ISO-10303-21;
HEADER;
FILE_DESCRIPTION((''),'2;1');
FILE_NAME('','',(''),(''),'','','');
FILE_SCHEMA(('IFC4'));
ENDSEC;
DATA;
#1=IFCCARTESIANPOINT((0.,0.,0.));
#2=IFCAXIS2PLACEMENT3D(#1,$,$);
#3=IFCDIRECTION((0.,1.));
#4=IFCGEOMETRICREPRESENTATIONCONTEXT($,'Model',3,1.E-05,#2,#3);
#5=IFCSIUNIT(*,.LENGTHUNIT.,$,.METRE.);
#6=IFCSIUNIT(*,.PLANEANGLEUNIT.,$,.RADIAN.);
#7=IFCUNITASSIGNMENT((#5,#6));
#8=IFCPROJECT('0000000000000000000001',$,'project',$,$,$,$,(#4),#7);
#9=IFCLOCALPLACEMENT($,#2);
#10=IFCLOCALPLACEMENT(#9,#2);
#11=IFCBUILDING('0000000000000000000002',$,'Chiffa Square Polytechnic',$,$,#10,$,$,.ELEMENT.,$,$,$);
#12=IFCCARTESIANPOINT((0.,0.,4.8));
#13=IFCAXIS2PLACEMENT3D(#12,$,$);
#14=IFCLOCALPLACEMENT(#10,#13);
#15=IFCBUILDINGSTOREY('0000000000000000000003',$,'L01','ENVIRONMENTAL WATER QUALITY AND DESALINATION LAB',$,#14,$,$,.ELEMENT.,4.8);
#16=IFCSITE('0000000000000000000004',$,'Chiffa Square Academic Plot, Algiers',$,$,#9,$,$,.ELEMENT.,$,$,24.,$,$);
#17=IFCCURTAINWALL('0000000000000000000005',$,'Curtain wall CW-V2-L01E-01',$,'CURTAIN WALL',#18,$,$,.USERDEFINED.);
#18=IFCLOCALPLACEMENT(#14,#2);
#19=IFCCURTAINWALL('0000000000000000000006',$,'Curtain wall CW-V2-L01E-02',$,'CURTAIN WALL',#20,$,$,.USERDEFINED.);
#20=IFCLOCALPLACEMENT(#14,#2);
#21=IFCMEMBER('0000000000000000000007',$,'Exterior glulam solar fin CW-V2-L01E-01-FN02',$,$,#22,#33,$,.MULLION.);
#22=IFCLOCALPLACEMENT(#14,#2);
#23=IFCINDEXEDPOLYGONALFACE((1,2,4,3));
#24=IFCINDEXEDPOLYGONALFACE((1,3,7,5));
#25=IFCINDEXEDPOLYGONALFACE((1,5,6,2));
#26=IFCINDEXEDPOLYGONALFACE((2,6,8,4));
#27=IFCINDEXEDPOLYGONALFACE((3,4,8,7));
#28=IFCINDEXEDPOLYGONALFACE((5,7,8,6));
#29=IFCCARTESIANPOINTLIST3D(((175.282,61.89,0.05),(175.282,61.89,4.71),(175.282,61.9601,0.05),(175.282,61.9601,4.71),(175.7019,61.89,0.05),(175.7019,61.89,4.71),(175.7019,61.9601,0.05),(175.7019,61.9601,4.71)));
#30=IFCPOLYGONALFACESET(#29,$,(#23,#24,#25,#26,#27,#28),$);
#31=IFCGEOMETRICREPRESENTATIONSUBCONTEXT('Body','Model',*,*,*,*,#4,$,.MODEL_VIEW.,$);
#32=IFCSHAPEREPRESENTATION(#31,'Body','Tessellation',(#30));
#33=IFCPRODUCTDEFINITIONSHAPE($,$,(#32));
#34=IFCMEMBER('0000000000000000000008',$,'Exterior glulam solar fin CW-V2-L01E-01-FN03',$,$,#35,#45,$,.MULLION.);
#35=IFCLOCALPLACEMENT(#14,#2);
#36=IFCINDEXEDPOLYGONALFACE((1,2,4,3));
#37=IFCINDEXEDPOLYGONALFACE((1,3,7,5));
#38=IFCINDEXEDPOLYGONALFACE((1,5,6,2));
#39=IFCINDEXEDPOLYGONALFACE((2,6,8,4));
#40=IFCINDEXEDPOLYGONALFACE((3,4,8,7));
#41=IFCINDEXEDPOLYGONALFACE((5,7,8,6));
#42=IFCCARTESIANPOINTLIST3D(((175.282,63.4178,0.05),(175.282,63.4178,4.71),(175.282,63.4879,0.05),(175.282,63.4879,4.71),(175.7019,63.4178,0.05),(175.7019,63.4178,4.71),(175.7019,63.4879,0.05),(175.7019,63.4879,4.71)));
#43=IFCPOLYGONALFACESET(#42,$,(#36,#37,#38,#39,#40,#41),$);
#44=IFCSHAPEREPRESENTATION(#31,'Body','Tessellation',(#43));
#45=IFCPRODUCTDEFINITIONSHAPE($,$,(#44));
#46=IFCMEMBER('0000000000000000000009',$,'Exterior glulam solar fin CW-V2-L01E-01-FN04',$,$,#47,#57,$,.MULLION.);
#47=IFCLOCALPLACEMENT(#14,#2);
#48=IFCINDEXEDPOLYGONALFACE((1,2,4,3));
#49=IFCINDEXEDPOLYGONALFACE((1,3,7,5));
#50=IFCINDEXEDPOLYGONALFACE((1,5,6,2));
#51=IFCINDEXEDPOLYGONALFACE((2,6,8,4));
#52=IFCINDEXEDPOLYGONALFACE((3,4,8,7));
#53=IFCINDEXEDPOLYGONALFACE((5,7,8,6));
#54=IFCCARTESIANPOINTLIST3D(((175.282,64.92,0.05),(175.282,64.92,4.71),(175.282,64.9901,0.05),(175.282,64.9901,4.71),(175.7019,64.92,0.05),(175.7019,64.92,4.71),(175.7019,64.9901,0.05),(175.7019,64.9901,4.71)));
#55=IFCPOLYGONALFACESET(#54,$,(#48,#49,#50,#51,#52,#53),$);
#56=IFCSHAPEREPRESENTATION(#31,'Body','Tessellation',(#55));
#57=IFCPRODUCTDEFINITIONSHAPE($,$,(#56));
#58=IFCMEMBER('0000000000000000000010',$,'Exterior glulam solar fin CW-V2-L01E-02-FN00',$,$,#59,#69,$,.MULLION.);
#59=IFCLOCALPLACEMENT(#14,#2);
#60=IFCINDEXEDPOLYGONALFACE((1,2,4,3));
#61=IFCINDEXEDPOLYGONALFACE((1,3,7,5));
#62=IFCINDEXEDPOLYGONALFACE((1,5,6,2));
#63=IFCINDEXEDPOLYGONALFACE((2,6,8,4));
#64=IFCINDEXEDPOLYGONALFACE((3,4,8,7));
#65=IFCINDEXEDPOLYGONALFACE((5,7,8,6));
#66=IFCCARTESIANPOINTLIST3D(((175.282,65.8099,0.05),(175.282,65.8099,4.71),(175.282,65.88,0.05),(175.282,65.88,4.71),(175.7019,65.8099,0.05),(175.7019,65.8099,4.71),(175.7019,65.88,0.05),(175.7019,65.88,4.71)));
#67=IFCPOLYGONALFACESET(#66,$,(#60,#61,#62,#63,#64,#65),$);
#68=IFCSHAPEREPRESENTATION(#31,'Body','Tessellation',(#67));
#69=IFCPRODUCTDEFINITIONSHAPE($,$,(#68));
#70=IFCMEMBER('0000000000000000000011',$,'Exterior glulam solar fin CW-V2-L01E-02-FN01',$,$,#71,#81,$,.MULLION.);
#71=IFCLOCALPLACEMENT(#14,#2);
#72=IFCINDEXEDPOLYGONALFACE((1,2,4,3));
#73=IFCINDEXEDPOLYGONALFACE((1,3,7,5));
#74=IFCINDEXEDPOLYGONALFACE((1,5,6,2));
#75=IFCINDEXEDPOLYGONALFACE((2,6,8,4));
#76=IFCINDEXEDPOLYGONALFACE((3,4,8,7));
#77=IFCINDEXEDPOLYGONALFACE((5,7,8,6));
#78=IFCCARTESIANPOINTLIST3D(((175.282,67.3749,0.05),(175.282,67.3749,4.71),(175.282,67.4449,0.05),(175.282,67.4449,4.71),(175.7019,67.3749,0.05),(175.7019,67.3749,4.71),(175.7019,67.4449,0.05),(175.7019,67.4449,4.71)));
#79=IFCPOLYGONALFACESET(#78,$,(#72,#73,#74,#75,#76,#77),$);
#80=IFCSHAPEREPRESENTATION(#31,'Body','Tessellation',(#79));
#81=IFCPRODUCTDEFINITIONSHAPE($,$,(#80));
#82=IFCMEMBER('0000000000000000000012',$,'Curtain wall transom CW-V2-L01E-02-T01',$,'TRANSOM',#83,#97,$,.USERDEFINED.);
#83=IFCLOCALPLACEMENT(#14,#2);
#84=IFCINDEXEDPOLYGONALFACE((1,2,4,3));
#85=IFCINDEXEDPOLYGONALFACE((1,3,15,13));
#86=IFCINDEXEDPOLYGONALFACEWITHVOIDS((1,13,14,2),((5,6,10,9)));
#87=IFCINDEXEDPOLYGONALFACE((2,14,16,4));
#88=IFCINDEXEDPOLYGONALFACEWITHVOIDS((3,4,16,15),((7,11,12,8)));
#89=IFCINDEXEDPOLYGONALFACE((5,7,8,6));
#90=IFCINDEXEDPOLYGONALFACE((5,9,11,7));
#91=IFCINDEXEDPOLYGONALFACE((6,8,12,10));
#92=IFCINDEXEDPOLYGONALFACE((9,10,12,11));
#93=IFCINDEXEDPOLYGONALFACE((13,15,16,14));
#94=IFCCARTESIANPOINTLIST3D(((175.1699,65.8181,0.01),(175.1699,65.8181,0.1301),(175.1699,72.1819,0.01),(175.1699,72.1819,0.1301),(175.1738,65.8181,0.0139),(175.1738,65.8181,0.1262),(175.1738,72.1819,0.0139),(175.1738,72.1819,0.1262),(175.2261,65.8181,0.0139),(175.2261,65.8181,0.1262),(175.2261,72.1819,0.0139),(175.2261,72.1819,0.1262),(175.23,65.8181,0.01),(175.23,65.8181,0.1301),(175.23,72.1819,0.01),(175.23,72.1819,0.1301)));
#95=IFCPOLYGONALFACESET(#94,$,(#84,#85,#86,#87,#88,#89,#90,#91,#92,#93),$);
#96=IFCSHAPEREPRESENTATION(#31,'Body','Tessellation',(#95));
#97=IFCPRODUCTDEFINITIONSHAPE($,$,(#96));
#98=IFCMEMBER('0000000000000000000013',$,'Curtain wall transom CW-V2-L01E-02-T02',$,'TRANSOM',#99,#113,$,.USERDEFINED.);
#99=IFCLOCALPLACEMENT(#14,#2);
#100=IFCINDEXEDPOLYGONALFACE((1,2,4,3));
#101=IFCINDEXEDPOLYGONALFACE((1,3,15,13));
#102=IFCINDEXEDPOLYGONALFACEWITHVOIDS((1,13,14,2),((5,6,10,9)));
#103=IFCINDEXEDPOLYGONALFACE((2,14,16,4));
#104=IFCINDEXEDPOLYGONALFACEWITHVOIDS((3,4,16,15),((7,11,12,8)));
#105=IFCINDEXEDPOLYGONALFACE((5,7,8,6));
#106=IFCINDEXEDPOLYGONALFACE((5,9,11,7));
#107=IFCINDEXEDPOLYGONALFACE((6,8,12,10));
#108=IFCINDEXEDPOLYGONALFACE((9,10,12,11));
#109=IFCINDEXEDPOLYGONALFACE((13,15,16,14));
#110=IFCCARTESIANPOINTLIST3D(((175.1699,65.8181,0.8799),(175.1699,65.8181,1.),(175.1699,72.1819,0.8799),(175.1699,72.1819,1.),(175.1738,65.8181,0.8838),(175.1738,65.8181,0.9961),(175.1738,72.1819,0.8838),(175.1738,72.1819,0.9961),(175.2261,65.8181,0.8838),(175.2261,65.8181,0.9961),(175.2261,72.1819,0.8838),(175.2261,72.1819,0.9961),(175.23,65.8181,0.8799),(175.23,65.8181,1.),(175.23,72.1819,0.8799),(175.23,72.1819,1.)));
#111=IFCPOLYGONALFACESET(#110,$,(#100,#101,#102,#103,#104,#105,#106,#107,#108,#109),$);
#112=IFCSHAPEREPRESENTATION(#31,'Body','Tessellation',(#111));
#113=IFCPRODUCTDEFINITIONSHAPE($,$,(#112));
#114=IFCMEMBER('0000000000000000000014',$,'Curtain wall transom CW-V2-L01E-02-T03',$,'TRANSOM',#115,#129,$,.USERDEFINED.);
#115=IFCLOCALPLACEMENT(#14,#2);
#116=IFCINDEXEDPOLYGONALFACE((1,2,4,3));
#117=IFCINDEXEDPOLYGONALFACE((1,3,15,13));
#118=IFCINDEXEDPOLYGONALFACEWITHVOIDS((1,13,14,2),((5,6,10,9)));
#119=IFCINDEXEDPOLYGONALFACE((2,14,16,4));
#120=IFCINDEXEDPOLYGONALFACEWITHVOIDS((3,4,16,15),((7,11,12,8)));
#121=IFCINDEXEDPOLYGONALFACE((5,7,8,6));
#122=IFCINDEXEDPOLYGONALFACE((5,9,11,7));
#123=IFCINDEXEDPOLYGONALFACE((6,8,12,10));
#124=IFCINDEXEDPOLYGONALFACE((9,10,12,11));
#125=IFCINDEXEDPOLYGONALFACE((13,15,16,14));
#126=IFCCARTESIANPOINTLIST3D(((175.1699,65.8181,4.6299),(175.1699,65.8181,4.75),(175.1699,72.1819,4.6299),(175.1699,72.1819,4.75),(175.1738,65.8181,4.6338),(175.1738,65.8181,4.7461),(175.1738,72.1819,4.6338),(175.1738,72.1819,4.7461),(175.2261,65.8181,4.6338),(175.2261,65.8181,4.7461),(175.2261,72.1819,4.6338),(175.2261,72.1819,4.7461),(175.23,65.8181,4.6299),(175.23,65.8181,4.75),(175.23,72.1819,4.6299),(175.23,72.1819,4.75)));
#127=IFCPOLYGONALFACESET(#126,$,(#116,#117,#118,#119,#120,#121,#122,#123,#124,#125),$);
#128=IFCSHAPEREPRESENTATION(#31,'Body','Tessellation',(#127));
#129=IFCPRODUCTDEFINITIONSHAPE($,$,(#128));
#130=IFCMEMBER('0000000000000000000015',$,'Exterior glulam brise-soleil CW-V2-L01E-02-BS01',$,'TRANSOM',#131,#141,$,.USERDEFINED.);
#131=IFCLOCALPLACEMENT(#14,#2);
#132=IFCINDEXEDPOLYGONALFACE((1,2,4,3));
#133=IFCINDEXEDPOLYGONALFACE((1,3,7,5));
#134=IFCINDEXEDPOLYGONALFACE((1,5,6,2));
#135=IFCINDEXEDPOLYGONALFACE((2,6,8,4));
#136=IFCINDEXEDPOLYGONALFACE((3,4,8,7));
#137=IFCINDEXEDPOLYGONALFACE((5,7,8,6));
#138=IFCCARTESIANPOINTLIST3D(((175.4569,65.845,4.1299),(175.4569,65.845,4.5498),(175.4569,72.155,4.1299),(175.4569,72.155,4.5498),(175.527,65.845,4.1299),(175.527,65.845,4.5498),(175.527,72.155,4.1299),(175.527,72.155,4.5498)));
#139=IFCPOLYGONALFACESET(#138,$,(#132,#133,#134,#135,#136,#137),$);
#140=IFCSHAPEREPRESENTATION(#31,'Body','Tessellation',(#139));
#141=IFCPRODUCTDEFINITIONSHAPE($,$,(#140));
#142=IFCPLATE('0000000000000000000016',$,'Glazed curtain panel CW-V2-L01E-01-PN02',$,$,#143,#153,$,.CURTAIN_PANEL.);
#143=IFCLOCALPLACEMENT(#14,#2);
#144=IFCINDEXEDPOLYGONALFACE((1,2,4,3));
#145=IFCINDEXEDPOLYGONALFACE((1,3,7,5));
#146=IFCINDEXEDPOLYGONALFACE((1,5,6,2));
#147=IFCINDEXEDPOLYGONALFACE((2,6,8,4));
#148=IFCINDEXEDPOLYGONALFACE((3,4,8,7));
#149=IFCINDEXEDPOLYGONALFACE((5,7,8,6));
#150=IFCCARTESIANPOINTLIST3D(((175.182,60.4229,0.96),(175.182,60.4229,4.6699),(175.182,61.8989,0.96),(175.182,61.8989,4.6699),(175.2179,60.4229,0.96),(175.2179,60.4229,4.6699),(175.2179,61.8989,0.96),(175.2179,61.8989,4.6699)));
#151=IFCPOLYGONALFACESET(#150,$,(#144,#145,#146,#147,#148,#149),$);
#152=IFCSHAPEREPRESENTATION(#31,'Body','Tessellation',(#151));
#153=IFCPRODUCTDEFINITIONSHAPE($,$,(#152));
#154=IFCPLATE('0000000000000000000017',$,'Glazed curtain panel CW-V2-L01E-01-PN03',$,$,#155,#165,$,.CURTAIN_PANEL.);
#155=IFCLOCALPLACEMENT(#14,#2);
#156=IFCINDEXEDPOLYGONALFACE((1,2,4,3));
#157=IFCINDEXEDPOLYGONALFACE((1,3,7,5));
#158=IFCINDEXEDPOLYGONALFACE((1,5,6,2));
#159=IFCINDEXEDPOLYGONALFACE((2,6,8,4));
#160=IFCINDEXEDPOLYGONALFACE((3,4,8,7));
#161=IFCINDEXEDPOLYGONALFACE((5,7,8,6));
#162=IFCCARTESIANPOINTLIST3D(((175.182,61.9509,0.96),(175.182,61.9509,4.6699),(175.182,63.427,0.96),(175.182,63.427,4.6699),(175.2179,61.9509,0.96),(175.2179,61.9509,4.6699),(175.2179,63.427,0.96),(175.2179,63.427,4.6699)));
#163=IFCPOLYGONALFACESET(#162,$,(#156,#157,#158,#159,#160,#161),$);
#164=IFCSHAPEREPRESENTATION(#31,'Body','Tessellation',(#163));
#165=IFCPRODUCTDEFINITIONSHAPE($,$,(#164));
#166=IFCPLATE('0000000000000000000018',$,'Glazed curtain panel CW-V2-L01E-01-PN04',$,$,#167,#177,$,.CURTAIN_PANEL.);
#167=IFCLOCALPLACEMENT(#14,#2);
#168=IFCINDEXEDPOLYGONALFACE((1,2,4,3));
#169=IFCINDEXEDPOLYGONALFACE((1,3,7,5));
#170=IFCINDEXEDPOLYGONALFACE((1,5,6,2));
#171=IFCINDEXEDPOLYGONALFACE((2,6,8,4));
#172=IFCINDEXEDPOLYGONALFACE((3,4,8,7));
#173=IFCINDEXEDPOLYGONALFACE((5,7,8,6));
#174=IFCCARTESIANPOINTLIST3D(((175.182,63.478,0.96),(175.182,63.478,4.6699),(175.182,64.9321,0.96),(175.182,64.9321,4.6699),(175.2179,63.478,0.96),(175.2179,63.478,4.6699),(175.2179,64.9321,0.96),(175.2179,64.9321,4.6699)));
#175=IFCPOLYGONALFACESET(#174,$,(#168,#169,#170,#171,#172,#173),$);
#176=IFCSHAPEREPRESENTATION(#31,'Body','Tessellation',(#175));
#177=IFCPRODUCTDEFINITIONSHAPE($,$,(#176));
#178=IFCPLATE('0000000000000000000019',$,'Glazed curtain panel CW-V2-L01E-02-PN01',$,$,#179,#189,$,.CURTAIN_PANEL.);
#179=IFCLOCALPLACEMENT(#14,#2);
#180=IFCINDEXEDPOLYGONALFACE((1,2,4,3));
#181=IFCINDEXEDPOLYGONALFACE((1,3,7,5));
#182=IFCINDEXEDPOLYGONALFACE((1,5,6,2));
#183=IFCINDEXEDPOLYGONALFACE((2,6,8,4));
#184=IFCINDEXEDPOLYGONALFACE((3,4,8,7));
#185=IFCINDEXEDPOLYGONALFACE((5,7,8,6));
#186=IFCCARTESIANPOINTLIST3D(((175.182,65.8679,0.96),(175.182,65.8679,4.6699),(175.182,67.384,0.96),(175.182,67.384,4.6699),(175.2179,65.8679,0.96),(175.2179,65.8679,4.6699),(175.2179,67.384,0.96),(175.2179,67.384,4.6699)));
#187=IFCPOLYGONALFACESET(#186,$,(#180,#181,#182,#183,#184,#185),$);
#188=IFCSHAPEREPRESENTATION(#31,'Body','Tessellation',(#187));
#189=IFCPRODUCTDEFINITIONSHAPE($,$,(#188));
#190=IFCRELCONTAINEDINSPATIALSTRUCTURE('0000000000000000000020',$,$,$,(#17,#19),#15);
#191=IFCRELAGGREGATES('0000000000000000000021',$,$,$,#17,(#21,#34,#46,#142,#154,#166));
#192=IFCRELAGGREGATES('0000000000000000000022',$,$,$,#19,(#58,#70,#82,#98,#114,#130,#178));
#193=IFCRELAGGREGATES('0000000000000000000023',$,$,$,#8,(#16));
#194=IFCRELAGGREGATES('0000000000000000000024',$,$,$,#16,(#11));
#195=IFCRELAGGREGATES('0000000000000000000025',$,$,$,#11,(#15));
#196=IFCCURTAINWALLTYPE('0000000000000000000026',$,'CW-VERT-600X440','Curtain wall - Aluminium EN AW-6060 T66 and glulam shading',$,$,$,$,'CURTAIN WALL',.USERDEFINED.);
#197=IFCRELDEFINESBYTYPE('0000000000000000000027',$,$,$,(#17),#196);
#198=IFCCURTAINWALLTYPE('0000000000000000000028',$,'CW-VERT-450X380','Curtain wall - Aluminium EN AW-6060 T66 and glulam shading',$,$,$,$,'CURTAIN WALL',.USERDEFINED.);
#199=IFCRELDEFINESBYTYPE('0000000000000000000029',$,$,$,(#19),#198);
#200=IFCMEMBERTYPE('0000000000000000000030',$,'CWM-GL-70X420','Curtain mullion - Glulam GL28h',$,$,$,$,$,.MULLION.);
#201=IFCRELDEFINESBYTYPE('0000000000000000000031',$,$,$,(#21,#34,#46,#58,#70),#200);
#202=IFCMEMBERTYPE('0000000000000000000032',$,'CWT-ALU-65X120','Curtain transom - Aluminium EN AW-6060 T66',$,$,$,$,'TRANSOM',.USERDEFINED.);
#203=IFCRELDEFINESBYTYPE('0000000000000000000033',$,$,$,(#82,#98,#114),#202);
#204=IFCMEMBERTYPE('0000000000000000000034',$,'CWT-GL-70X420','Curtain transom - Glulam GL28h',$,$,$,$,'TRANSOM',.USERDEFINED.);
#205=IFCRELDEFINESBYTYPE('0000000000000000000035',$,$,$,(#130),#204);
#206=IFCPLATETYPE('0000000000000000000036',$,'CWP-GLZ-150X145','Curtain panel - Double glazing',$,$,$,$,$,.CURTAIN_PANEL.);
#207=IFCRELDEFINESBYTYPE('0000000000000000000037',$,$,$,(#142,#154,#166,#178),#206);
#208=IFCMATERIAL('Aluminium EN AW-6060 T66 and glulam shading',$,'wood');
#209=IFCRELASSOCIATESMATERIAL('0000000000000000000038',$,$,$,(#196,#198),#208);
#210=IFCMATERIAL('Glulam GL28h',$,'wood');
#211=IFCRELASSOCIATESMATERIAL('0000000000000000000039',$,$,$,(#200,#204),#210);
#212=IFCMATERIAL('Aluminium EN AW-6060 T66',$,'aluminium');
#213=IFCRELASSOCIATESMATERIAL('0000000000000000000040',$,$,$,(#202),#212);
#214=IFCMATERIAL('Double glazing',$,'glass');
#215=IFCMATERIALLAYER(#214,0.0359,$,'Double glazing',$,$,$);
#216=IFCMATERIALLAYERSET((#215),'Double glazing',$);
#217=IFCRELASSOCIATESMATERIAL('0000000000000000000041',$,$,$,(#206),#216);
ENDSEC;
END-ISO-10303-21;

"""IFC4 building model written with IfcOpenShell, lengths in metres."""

from ifc_helpers import new_model, si_unit, direction, frame, origin, origin_2d, place, context, subcontext, project, spatial, rectangle, hollow_rectangle, extrude, material, layer, layer_set, material_profile, profile_set, type_object, element, aggregate, save


model = new_model("IFC4")

# Units and contexts
model_context = context("Model", 3, precision=1e-05, world=origin(), true_north=direction((0.0, 1.0)))
body_context = subcontext(model_context, "Body", "Model", "MODEL_VIEW")
ifc_project = project(units=[si_unit("LENGTHUNIT", "METRE"), si_unit("PLANEANGLEUNIT", "RADIAN")], contexts=[model_context])

# Site, building, storey
site_placement = place(None, origin())
site = spatial("IfcSite", under=ifc_project, at=site_placement, Name="Chiffa Square Academic Plot, Algiers", CompositionType="ELEMENT", RefElevation=24.0)
building_placement = place(site_placement, origin())
building = spatial("IfcBuilding", under=site, at=building_placement, Name="Chiffa Square Polytechnic", CompositionType="ELEMENT")
storey_placement = place(building_placement, frame((0.0, 0.0, 4.8)))
storey = spatial("IfcBuildingStorey", under=building, at=storey_placement, Name="L01", Description="ENVIRONMENTAL WATER QUALITY AND DESALINATION LAB", CompositionType="ELEMENT", Elevation=4.8)

# Curtain walls
ifc_material_1 = material(Name="Aluminium EN AW-6060 T66 and glulam shading", Category="wood")
curtain_wall_type_1 = type_object("IfcCurtainWallType", Name="CW-VERT-600X440", Description="Curtain wall - Aluminium EN AW-6060 T66 and glulam shading", ElementType="CURTAIN WALL", PredefinedType="USERDEFINED", material=ifc_material_1)
curtain_wall_1_placement = place(storey_placement, origin())
curtain_wall_1 = element("IfcCurtainWall", 1, at=curtain_wall_1_placement, inside=storey, type_object=curtain_wall_type_1, Name="Curtain wall CW-V2-L01E-01", ObjectType="CURTAIN WALL", PredefinedType="USERDEFINED")
ifc_material_2 = material(Name="Aluminium EN AW-6060 T66", Category="aluminium")
curtain_wall_type_2 = type_object("IfcCurtainWallType", Name="CW-VERT-450X380", Description="Curtain wall - Aluminium EN AW-6060 T66 and glulam shading", ElementType="CURTAIN WALL", PredefinedType="USERDEFINED", material=ifc_material_1)
curtain_wall_2_placement = place(storey_placement, origin())
curtain_wall_2 = element("IfcCurtainWall", 2, at=curtain_wall_2_placement, inside=storey, type_object=curtain_wall_type_2, Name="Curtain wall CW-V2-L01E-02", ObjectType="CURTAIN WALL", PredefinedType="USERDEFINED")

# Members
ifc_material_3 = material(Name="Glulam GL28h", Category="wood")
ifc_material_profile_1 = material_profile(ifc_material_3, rectangle(XDim=0.0701, YDim=0.4199, at=origin_2d()), Name="GL28h 70x420")
ifc_profile_set_1 = profile_set([ifc_material_profile_1], Name="Glulam GL28h")
member_type_1 = type_object("IfcMemberType", Name="CWM-GL-70X420", Description="Curtain mullion - Glulam GL28h", PredefinedType="MULLION", material=ifc_profile_set_1)
member_1_placement = place(storey_placement, frame((175.4919, 61.925, 0.05), z_axis=(0.0, 0.0, 1.0), x_axis=(0.0, 1.0, 0.0)))
member_1 = element("IfcMember", 3, at=member_1_placement, type_object=member_type_1, Name="Exterior glulam solar fin CW-V2-L01E-01-FN02", PredefinedType="MULLION", context=body_context, shape_type="SweptSolid", body=[
    extrude(rectangle(XDim=0.0701, YDim=0.4199, at=origin_2d()), origin(), (0.0, 0.0, 1.0), 4.6599),
])
member_2_placement = place(storey_placement, frame((175.4919, 63.4529, 0.05), z_axis=(0.0, 0.0, 1.0), x_axis=(0.0, 1.0, 0.0)))
member_2 = element("IfcMember", 4, at=member_2_placement, type_object=member_type_1, Name="Exterior glulam solar fin CW-V2-L01E-01-FN03", PredefinedType="MULLION", context=body_context, shape_type="SweptSolid", body=[
    extrude(rectangle(XDim=0.0701, YDim=0.4199, at=origin_2d()), origin(), (0.0, 0.0, 1.0), 4.6599),
])
member_3_placement = place(storey_placement, frame((175.4919, 64.9551, 0.05), z_axis=(0.0, 0.0, 1.0), x_axis=(0.0, 1.0, 0.0)))
member_3 = element("IfcMember", 5, at=member_3_placement, type_object=member_type_1, Name="Exterior glulam solar fin CW-V2-L01E-01-FN04", PredefinedType="MULLION", context=body_context, shape_type="SweptSolid", body=[
    extrude(rectangle(XDim=0.0701, YDim=0.4199, at=origin_2d()), origin(), (0.0, 0.0, 1.0), 4.6599),
])
member_4_placement = place(storey_placement, frame((175.4919, 65.845, 0.05), z_axis=(0.0, 0.0, 1.0), x_axis=(0.0, 1.0, 0.0)))
member_4 = element("IfcMember", 6, at=member_4_placement, type_object=member_type_1, Name="Exterior glulam solar fin CW-V2-L01E-02-FN00", PredefinedType="MULLION", context=body_context, shape_type="SweptSolid", body=[
    extrude(rectangle(XDim=0.0701, YDim=0.4199, at=origin_2d()), origin(), (0.0, 0.0, 1.0), 4.6599),
])
member_5_placement = place(storey_placement, frame((175.4919, 67.4099, 0.05), z_axis=(0.0, 0.0, 1.0), x_axis=(0.0, 1.0, 0.0)))
member_5 = element("IfcMember", 7, at=member_5_placement, type_object=member_type_1, Name="Exterior glulam solar fin CW-V2-L01E-02-FN01", PredefinedType="MULLION", context=body_context, shape_type="SweptSolid", body=[
    extrude(rectangle(XDim=0.0701, YDim=0.4199, at=origin_2d()), origin(), (0.0, 0.0, 1.0), 4.6599),
])
ifc_material_profile_2 = material_profile(ifc_material_2, hollow_rectangle(XDim=0.0601, YDim=0.1201, WallThickness=0.0039, at=origin_2d()), Name="ALU 60x120x4")
ifc_profile_set_2 = profile_set([ifc_material_profile_2], Name="Aluminium EN AW-6060 T66")
member_type_2 = type_object("IfcMemberType", Name="CWT-ALU-65X120", Description="Curtain transom - Aluminium EN AW-6060 T66", ElementType="TRANSOM", PredefinedType="USERDEFINED", material=ifc_profile_set_2)
member_6_placement = place(storey_placement, frame((175.2, 65.8181, 0.0701), z_axis=(0.0, 1.0, 0.0), x_axis=(-1.0, 0.0, 0.0)))
member_6 = element("IfcMember", 8, at=member_6_placement, type_object=member_type_2, Name="Curtain wall transom CW-V2-L01E-02-T01", ObjectType="TRANSOM", PredefinedType="USERDEFINED", context=body_context, shape_type="SweptSolid", body=[
    extrude(hollow_rectangle(XDim=0.0601, YDim=0.1201, WallThickness=0.0039, at=origin_2d()), origin(), (0.0, 0.0, 1.0), 6.3638),
])
member_7_placement = place(storey_placement, frame((175.2, 65.8181, 0.9399), z_axis=(0.0, 1.0, 0.0), x_axis=(-1.0, 0.0, 0.0)))
member_7 = element("IfcMember", 9, at=member_7_placement, type_object=member_type_2, Name="Curtain wall transom CW-V2-L01E-02-T02", ObjectType="TRANSOM", PredefinedType="USERDEFINED", context=body_context, shape_type="SweptSolid", body=[
    extrude(hollow_rectangle(XDim=0.0601, YDim=0.1201, WallThickness=0.0039, at=origin_2d()), origin(), (0.0, 0.0, 1.0), 6.3638),
])
member_8_placement = place(storey_placement, frame((175.2, 65.8181, 4.6899), z_axis=(0.0, 1.0, 0.0), x_axis=(-1.0, 0.0, 0.0)))
member_8 = element("IfcMember", 10, at=member_8_placement, type_object=member_type_2, Name="Curtain wall transom CW-V2-L01E-02-T03", ObjectType="TRANSOM", PredefinedType="USERDEFINED", context=body_context, shape_type="SweptSolid", body=[
    extrude(hollow_rectangle(XDim=0.0601, YDim=0.1201, WallThickness=0.0039, at=origin_2d()), origin(), (0.0, 0.0, 1.0), 6.3638),
])
ifc_material_profile_3 = material_profile(ifc_material_3, rectangle(XDim=0.0701, YDim=0.4199, at=origin_2d()), Name="GL28h 70x420")
ifc_profile_set_3 = profile_set([ifc_material_profile_3], Name="Glulam GL28h")
member_type_3 = type_object("IfcMemberType", Name="CWT-GL-70X420", Description="Curtain transom - Glulam GL28h", ElementType="TRANSOM", PredefinedType="USERDEFINED", material=ifc_profile_set_3)
member_9_placement = place(storey_placement, frame((175.4919, 65.845, 4.3398), z_axis=(0.0, 1.0, 0.0), x_axis=(-1.0, 0.0, 0.0)))
member_9 = element("IfcMember", 11, at=member_9_placement, type_object=member_type_3, Name="Exterior glulam brise-soleil CW-V2-L01E-02-BS01", ObjectType="TRANSOM", PredefinedType="USERDEFINED", context=body_context, shape_type="SweptSolid", body=[
    extrude(rectangle(XDim=0.0701, YDim=0.4199, at=origin_2d()), origin(), (0.0, 0.0, 1.0), 6.3101),
])

# Plates
ifc_material_4 = material(Name="Double glazing", Category="glass")
ifc_layer_1 = layer(ifc_material_4, 0.0359, Name="Double glazing")
ifc_layer_set_1 = layer_set([ifc_layer_1], Name="Double glazing")
plate_type_1 = type_object("IfcPlateType", Name="CWP-GLZ-150X145", Description="Curtain panel - Double glazing", PredefinedType="CURTAIN_PANEL", material=ifc_layer_set_1)
plate_1_placement = place(storey_placement, frame((175.2, 61.1609, 0.96), z_axis=(0.0, 0.0, 1.0), x_axis=(0.0, 1.0, 0.0)))
plate_1 = element("IfcPlate", 12, at=plate_1_placement, type_object=plate_type_1, Name="Glazed curtain panel CW-V2-L01E-01-PN02", PredefinedType="CURTAIN_PANEL", context=body_context, shape_type="SweptSolid", body=[
    extrude(rectangle(XDim=1.4761, YDim=0.0359, at=origin_2d()), origin(), (0.0, 0.0, 1.0), 3.71),
])
plate_2_placement = place(storey_placement, frame((175.2, 62.689, 0.96), z_axis=(0.0, 0.0, 1.0), x_axis=(0.0, 1.0, 0.0)))
plate_2 = element("IfcPlate", 13, at=plate_2_placement, type_object=plate_type_1, Name="Glazed curtain panel CW-V2-L01E-01-PN03", PredefinedType="CURTAIN_PANEL", context=body_context, shape_type="SweptSolid", body=[
    extrude(rectangle(XDim=1.4761, YDim=0.0359, at=origin_2d()), origin(), (0.0, 0.0, 1.0), 3.71),
])
plate_3_placement = place(storey_placement, frame((175.2, 64.2051, 0.96), z_axis=(0.0, 0.0, 1.0), x_axis=(0.0, 1.0, 0.0)))
plate_3 = element("IfcPlate", 14, at=plate_3_placement, type_object=plate_type_1, Name="Glazed curtain panel CW-V2-L01E-01-PN04", PredefinedType="CURTAIN_PANEL", context=body_context, shape_type="SweptSolid", body=[
    extrude(rectangle(XDim=1.4541, YDim=0.0359, at=origin_2d()), origin(), (0.0, 0.0, 1.0), 3.71),
])
plate_4_placement = place(storey_placement, frame((175.2, 66.626, 0.96), z_axis=(0.0, 0.0, 1.0), x_axis=(0.0, 1.0, 0.0)))
plate_4 = element("IfcPlate", 15, at=plate_4_placement, type_object=plate_type_1, Name="Glazed curtain panel CW-V2-L01E-02-PN01", PredefinedType="CURTAIN_PANEL", context=body_context, shape_type="SweptSolid", body=[
    extrude(rectangle(XDim=1.5161, YDim=0.0359, at=origin_2d()), origin(), (0.0, 0.0, 1.0), 3.71),
])
aggregate(curtain_wall_1, [member_1, member_2, member_3, plate_1, plate_2, plate_3])
aggregate(curtain_wall_2, [member_4, member_5, member_6, member_7, member_8, member_9, plate_4])

save(model, "model.ifc")
